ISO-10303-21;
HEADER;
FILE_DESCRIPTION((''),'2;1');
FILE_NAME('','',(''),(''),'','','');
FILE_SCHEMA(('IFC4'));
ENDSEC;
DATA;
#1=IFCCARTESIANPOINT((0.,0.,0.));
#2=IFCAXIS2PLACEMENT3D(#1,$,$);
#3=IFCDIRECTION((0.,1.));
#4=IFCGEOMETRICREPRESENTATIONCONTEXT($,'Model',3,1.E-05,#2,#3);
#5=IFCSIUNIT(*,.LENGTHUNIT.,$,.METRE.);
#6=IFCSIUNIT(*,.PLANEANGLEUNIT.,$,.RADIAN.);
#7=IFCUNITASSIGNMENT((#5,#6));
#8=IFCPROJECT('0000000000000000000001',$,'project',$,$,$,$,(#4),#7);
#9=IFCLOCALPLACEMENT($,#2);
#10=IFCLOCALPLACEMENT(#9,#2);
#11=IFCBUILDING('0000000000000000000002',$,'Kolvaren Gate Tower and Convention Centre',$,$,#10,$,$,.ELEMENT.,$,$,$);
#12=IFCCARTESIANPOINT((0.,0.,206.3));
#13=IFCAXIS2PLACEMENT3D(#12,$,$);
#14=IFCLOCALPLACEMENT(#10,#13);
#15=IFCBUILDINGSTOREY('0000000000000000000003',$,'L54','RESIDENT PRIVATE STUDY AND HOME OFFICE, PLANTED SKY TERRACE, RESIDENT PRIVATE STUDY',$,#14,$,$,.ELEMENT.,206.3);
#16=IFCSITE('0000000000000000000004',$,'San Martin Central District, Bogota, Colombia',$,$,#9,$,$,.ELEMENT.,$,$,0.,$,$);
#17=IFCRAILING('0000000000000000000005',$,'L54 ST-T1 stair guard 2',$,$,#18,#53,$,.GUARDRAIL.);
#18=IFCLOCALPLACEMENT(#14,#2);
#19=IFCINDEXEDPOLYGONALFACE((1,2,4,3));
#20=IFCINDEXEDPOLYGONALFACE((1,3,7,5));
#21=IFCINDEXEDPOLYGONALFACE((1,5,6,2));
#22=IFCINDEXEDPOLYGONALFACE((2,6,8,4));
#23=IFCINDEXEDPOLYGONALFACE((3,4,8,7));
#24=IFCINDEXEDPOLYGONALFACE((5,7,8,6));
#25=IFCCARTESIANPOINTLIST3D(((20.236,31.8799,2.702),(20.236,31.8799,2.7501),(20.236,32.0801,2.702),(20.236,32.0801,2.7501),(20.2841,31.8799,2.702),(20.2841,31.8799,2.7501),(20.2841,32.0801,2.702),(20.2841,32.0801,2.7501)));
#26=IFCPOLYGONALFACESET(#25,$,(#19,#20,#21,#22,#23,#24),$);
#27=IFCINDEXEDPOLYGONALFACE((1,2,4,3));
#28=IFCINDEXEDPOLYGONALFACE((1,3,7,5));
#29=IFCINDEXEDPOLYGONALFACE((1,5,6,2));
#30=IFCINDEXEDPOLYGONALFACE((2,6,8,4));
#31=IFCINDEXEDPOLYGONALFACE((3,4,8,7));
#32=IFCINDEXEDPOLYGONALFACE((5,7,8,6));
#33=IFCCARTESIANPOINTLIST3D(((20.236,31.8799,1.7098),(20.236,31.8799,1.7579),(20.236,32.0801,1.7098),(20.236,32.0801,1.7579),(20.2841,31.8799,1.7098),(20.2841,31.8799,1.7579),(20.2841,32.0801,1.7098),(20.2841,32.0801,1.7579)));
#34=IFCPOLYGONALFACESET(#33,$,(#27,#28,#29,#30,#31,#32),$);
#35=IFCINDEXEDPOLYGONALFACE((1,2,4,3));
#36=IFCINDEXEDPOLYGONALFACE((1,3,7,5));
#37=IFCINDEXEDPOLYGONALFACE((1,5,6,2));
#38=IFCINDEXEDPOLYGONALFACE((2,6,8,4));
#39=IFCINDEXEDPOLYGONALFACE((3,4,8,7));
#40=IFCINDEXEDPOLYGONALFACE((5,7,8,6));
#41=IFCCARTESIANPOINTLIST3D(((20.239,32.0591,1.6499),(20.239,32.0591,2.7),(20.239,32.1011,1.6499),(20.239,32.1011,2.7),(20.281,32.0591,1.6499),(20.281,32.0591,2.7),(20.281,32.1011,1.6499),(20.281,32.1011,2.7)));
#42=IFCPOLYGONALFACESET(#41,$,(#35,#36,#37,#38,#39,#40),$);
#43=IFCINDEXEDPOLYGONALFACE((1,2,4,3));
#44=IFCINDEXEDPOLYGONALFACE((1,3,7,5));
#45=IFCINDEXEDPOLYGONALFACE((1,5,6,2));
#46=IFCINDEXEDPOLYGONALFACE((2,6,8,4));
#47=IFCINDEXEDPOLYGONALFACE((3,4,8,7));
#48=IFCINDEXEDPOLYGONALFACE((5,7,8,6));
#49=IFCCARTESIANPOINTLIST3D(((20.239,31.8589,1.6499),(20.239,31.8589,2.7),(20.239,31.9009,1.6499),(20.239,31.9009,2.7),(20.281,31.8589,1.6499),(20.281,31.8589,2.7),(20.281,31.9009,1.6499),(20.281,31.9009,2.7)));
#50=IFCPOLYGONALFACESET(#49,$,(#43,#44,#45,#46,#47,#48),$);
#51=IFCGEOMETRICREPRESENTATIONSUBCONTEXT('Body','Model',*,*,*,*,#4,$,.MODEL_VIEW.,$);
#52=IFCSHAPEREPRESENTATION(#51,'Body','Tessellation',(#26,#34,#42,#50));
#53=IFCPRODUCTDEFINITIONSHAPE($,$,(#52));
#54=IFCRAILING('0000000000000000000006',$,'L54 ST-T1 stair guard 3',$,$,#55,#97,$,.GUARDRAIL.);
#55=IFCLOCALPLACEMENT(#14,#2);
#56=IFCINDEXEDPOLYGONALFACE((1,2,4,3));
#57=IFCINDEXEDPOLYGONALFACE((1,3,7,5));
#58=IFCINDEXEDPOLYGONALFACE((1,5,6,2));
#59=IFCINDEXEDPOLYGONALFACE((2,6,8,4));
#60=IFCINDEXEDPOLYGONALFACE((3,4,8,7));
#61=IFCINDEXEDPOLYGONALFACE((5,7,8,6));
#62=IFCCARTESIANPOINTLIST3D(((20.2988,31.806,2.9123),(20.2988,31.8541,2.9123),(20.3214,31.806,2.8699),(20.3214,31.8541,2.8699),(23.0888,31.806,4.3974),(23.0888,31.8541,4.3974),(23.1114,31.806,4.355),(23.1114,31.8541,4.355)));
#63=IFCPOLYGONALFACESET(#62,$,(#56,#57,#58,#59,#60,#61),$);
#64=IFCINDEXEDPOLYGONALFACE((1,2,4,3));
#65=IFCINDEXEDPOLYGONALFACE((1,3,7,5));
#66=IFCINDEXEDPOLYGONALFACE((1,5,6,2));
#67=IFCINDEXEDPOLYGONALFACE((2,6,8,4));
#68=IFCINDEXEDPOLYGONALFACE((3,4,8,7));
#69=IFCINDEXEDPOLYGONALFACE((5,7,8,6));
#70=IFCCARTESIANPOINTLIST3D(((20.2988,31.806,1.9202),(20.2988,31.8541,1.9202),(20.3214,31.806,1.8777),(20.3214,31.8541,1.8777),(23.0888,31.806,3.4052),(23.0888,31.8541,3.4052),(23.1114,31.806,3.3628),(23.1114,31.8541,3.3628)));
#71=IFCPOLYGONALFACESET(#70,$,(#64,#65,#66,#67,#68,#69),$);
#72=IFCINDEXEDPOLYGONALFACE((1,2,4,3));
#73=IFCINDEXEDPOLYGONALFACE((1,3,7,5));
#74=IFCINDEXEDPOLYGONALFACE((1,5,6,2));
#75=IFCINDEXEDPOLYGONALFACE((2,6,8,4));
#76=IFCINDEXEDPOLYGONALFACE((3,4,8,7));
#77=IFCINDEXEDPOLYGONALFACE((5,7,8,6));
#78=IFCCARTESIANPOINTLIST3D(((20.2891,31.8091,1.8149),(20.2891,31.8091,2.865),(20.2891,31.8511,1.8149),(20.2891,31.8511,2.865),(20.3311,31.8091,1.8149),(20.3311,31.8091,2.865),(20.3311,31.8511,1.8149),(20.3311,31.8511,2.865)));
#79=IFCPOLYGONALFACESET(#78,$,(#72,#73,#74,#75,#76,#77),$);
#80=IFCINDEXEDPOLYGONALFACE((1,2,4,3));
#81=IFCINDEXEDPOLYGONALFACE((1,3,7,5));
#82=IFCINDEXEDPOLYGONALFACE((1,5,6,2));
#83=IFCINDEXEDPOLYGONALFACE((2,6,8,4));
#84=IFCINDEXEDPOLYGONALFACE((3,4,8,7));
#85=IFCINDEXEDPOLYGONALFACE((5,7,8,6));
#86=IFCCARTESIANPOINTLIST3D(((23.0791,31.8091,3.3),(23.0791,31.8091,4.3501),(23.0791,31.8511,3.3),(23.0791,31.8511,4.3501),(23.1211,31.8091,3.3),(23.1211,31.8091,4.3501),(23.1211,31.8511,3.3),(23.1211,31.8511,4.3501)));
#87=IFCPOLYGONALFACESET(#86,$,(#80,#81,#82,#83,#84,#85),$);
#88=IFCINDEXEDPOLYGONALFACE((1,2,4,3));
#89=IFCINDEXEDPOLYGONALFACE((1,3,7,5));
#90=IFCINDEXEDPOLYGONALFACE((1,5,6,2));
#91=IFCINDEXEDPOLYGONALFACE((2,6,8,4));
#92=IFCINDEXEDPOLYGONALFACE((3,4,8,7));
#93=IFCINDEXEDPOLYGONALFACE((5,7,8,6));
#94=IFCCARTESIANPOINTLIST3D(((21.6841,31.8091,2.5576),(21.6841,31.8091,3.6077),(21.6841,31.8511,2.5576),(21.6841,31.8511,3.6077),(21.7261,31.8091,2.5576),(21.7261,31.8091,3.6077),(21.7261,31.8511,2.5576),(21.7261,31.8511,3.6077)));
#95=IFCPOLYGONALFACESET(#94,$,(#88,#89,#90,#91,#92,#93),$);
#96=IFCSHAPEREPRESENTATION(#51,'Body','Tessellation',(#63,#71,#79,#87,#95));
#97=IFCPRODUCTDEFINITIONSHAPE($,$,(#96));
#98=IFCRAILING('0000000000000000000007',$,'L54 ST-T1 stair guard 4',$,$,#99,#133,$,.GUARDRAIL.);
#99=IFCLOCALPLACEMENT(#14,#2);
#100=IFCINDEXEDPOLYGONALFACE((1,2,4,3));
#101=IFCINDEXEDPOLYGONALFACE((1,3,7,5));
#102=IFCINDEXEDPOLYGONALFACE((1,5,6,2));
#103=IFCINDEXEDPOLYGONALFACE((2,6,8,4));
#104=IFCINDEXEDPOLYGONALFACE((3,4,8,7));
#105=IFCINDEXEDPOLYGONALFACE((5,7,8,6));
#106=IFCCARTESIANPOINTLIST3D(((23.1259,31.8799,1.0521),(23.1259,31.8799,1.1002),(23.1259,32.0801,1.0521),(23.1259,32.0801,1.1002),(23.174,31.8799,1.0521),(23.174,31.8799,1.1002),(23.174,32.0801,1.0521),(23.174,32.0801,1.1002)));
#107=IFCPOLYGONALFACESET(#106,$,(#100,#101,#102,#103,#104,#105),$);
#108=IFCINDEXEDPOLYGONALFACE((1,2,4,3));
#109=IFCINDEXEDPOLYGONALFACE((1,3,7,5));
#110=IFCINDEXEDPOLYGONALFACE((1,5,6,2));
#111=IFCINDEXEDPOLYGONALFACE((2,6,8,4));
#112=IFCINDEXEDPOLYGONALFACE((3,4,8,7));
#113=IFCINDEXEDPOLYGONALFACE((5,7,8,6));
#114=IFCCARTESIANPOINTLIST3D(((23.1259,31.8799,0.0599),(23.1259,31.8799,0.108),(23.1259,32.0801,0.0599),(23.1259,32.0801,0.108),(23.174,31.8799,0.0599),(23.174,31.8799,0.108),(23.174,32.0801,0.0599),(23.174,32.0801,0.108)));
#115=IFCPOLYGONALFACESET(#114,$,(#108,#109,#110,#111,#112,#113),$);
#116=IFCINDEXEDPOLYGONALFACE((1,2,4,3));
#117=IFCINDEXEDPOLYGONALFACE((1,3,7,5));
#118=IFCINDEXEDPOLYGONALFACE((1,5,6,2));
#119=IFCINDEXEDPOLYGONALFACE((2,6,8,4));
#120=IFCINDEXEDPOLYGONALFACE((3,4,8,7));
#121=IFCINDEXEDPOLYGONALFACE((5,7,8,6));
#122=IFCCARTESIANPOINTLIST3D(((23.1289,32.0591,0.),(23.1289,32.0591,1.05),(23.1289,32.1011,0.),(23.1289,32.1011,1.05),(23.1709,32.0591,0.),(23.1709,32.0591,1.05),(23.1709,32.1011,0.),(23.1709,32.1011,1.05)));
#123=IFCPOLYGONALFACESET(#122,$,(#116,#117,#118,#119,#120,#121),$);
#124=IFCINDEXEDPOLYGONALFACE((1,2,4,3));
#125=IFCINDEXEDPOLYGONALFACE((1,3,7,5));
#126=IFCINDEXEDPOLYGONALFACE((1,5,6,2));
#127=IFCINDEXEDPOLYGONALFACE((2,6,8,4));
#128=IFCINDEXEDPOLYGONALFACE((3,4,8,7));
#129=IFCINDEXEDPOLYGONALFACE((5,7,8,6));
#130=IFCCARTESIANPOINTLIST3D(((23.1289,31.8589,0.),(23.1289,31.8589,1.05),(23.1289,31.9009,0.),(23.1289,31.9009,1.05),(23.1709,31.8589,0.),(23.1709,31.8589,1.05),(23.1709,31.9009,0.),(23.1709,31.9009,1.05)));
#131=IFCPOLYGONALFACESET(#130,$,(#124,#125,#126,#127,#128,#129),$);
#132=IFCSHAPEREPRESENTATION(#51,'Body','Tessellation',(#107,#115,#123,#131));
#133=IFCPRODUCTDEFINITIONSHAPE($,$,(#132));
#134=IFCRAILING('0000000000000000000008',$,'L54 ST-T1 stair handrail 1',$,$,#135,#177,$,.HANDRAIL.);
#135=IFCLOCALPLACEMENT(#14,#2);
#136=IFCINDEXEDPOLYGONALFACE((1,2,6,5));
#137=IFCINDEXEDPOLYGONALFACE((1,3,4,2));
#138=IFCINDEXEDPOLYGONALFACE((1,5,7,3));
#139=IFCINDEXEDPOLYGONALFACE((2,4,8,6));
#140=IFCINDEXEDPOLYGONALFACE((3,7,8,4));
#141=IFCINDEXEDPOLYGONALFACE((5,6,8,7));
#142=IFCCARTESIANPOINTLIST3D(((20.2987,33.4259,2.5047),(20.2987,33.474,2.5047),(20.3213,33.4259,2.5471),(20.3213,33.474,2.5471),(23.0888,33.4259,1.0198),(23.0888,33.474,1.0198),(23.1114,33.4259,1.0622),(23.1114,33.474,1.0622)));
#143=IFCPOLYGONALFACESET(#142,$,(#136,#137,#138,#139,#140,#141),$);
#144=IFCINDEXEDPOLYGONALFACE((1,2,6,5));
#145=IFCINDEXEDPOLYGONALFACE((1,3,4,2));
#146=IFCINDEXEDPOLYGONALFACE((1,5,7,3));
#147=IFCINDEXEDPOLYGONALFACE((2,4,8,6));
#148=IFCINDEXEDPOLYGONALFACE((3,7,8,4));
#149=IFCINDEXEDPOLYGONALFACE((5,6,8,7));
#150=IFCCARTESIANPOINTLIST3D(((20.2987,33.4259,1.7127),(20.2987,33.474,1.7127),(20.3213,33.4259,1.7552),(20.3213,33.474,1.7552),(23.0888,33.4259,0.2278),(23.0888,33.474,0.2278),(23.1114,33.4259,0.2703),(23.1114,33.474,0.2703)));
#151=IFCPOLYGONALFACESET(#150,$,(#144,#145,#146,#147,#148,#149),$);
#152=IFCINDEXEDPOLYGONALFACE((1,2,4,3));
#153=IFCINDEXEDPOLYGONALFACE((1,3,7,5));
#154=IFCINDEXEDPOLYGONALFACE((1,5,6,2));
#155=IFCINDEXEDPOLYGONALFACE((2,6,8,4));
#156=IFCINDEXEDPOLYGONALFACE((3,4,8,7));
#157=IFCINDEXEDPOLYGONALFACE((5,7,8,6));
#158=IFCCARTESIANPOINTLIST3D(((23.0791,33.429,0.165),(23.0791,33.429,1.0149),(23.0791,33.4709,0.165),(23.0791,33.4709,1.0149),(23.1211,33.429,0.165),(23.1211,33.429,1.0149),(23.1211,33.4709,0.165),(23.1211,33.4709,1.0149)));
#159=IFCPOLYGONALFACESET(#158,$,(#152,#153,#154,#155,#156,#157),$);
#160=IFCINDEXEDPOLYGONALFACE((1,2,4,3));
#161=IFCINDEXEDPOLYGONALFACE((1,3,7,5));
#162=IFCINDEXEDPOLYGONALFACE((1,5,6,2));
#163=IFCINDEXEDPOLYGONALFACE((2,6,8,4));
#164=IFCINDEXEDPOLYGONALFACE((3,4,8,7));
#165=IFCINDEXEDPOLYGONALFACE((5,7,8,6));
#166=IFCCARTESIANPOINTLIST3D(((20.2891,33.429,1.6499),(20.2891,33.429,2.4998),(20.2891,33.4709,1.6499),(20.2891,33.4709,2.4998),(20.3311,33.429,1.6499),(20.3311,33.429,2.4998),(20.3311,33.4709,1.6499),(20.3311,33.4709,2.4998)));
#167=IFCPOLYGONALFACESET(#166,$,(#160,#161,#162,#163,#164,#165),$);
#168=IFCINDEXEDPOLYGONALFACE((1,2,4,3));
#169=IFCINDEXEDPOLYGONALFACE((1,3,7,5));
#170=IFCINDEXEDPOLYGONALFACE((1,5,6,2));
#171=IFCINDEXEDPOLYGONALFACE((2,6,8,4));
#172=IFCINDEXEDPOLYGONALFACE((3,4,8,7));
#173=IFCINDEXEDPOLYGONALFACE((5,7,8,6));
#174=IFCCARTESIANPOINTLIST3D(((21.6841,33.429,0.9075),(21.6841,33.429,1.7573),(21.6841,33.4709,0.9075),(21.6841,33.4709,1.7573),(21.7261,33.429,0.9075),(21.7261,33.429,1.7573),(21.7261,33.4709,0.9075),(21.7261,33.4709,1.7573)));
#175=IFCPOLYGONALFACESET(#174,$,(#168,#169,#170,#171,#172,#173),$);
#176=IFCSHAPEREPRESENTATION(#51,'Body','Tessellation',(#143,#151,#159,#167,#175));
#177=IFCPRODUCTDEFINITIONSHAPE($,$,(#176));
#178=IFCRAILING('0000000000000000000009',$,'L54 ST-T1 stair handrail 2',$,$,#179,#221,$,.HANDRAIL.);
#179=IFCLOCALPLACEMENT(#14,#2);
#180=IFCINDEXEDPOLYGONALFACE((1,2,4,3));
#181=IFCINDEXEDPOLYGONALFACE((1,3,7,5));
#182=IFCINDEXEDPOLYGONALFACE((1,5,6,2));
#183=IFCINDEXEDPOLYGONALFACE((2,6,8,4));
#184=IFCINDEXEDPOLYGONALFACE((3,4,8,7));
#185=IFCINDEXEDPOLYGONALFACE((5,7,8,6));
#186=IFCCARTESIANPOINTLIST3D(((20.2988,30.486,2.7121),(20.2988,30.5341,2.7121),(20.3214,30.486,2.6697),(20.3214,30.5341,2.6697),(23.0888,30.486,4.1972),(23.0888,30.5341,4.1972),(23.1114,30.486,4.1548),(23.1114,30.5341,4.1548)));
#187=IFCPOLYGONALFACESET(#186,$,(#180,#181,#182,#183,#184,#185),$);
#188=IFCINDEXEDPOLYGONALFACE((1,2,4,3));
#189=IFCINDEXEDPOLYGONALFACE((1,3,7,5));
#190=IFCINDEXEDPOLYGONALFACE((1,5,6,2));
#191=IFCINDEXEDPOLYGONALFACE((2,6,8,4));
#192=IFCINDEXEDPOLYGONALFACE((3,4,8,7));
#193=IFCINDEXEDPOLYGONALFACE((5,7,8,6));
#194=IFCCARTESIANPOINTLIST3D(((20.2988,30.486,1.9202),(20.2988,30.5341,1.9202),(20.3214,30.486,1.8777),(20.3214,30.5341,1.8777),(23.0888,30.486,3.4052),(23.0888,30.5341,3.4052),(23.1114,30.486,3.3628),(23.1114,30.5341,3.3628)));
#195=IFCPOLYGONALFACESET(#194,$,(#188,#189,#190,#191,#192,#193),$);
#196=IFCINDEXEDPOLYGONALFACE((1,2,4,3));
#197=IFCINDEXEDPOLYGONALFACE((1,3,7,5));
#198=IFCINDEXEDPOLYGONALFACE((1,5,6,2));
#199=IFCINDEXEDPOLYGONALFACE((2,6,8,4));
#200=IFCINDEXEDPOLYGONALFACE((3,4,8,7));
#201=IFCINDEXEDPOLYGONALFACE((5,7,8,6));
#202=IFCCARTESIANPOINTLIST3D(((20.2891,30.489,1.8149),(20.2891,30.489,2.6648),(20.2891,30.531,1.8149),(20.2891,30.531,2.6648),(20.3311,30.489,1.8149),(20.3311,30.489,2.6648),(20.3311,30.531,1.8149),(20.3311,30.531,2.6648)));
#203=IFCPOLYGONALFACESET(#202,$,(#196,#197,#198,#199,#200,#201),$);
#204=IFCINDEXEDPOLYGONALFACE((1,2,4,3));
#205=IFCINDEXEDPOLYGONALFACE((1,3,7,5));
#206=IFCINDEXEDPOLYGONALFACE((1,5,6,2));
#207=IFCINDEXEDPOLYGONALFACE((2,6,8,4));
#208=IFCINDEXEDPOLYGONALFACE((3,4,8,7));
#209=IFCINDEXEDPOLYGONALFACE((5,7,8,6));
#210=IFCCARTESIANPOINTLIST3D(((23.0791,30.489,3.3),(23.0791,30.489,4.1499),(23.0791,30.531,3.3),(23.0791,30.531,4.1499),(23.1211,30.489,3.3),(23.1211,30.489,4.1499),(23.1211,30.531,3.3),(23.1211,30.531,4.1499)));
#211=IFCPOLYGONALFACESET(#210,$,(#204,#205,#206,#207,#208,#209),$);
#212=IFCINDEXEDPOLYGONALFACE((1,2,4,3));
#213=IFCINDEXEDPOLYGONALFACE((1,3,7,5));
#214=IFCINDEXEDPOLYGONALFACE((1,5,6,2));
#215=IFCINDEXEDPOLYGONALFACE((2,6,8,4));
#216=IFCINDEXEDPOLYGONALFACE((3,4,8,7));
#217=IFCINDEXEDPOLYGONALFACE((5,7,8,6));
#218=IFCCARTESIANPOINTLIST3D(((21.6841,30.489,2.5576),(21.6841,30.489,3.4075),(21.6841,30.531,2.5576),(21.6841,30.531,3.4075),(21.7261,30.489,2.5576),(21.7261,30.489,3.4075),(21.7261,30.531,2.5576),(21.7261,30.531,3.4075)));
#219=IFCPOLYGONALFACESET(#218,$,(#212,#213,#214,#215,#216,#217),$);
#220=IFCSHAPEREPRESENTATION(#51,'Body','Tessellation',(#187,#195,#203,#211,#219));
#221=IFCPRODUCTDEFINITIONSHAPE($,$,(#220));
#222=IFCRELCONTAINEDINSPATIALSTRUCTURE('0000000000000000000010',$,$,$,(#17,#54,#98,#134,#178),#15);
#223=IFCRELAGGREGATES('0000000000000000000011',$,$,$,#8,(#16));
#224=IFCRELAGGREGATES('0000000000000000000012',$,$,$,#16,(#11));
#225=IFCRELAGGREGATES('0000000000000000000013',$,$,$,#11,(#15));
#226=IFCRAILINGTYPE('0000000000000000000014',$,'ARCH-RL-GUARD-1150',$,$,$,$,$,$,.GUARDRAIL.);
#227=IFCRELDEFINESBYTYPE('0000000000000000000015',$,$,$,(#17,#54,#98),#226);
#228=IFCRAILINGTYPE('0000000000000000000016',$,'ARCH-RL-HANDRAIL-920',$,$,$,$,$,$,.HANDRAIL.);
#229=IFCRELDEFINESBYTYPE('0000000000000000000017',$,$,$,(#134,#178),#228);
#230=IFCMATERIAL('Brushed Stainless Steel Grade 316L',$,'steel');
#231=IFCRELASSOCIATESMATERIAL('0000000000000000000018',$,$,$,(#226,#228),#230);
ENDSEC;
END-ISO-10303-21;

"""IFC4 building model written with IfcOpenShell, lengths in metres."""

from ifc_helpers import new_model, si_unit, direction, frame, origin, origin_2d, place, context, subcontext, project, spatial, rectangle, extrude, material, type_object, element, save


model = new_model("IFC4")

# Units and contexts
model_context = context("Model", 3, precision=1e-05, world=origin(), true_north=direction((0.0, 1.0)))
body_context = subcontext(model_context, "Body", "Model", "MODEL_VIEW")
ifc_project = project(units=[si_unit("LENGTHUNIT", "METRE"), si_unit("PLANEANGLEUNIT", "RADIAN")], contexts=[model_context])

# Site, building, storey
site_placement = place(None, origin())
site = spatial("IfcSite", under=ifc_project, at=site_placement, Name="San Martin Central District, Bogota, Colombia", CompositionType="ELEMENT", RefElevation=0.0)
building_placement = place(site_placement, origin())
building = spatial("IfcBuilding", under=site, at=building_placement, Name="Kolvaren Gate Tower and Convention Centre", CompositionType="ELEMENT")
storey_placement = place(building_placement, frame((0.0, 0.0, 206.3)))
storey = spatial("IfcBuildingStorey", under=building, at=storey_placement, Name="L54", Description="RESIDENT PRIVATE STUDY AND HOME OFFICE, PLANTED SKY TERRACE, RESIDENT PRIVATE STUDY", CompositionType="ELEMENT", Elevation=206.3)

# Railings
ifc_material_1 = material(Name="Brushed Stainless Steel Grade 316L", Category="steel")
railing_type_1 = type_object("IfcRailingType", Name="ARCH-RL-GUARD-1150", PredefinedType="GUARDRAIL", material=ifc_material_1)
railing_1_placement = place(storey_placement, frame((20.26, 32.0801, 1.6499)))
element("IfcRailing", 1, at=railing_1_placement, inside=storey, type_object=railing_type_1, Name="L54 ST-T1 stair guard 2", PredefinedType="GUARDRAIL", context=body_context, shape_type="SweptSolid", body=[
    extrude(rectangle(XDim=0.0481, YDim=0.0481, at=origin_2d()), frame((0.0, 0.0, 1.0762), z_axis=(0.0, -1.0, 0.0), x_axis=(1.0, 0.0, 0.0)), (0.0, 0.0, 1.0), 0.2002),
    extrude(rectangle(XDim=0.0481, YDim=0.0481, at=origin_2d()), frame((0.0, 0.0, 0.084), z_axis=(0.0, -1.0, 0.0), x_axis=(1.0, 0.0, 0.0)), (0.0, 0.0, 1.0), 0.2002),
    extrude(rectangle(XDim=0.042, YDim=0.042, at=origin_2d()), origin(), (0.0, 0.0, 1.0), 1.05),
    extrude(rectangle(XDim=0.042, YDim=0.042, at=origin_2d()), frame((0.0, -0.2002, 0.0)), (0.0, 0.0, 1.0), 1.05),
])
railing_2_placement = place(storey_placement, frame((20.3101, 31.8301, 1.8149)))
element("IfcRailing", 2, at=railing_2_placement, inside=storey, type_object=railing_type_1, Name="L54 ST-T1 stair guard 3", PredefinedType="GUARDRAIL", context=body_context, shape_type="SweptSolid", body=[
    extrude(rectangle(XDim=0.0481, YDim=0.0481, at=origin_2d()), frame((0.0, 0.0, 1.0762), z_axis=(0.882735, 0.0, 0.46987), x_axis=(0.0, 1.0, 0.0)), (0.0, 0.0, 1.0), 3.1606),
    extrude(rectangle(XDim=0.0481, YDim=0.0481, at=origin_2d()), frame((0.0, 0.0, 0.084), z_axis=(0.882735, 0.0, 0.46987), x_axis=(0.0, 1.0, 0.0)), (0.0, 0.0, 1.0), 3.1606),
    extrude(rectangle(XDim=0.042, YDim=0.042, at=origin_2d()), origin(), (0.0, 0.0, 1.0), 1.05),
    extrude(rectangle(XDim=0.042, YDim=0.042, at=origin_2d()), frame((2.79, 0.0, 1.4851)), (0.0, 0.0, 1.0), 1.05),
    extrude(rectangle(XDim=0.042, YDim=0.042, at=origin_2d()), frame((1.395, 0.0, 0.7427)), (0.0, 0.0, 1.0), 1.05),
])
railing_3_placement = place(storey_placement, frame((23.1499, 32.0801, 0.0)))
element("IfcRailing", 3, at=railing_3_placement, inside=storey, type_object=railing_type_1, Name="L54 ST-T1 stair guard 4", PredefinedType="GUARDRAIL", context=body_context, shape_type="SweptSolid", body=[
    extrude(rectangle(XDim=0.0481, YDim=0.0481, at=origin_2d()), frame((0.0, 0.0, 1.0762), z_axis=(0.0, -1.0, 0.0), x_axis=(1.0, 0.0, 0.0)), (0.0, 0.0, 1.0), 0.2002),
    extrude(rectangle(XDim=0.0481, YDim=0.0481, at=origin_2d()), frame((0.0, 0.0, 0.084), z_axis=(0.0, -1.0, 0.0), x_axis=(1.0, 0.0, 0.0)), (0.0, 0.0, 1.0), 0.2002),
    extrude(rectangle(XDim=0.042, YDim=0.042, at=origin_2d()), origin(), (0.0, 0.0, 1.0), 1.05),
    extrude(rectangle(XDim=0.042, YDim=0.042, at=origin_2d()), frame((0.0, -0.2002, 0.0)), (0.0, 0.0, 1.0), 1.05),
])
railing_type_2 = type_object("IfcRailingType", Name="ARCH-RL-HANDRAIL-920", PredefinedType="HANDRAIL", material=ifc_material_1)
railing_4_placement = place(storey_placement, frame((23.1001, 33.45, 0.165)))
element("IfcRailing", 4, at=railing_4_placement, inside=storey, type_object=railing_type_2, Name="L54 ST-T1 stair handrail 1", PredefinedType="HANDRAIL", context=body_context, shape_type="SweptSolid", body=[
    extrude(rectangle(XDim=0.0481, YDim=0.0481, at=origin_2d()), frame((0.0, 0.0, 0.876), z_axis=(-0.882767, 0.0, 0.46981), x_axis=(0.0, -1.0, 0.0)), (0.0, 0.0, 1.0), 3.1606),
    extrude(rectangle(XDim=0.0481, YDim=0.0481, at=origin_2d()), frame((0.0, 0.0, 0.084), z_axis=(-0.882767, 0.0, 0.46981), x_axis=(0.0, -1.0, 0.0)), (0.0, 0.0, 1.0), 3.1606),
    extrude(rectangle(XDim=0.042, YDim=0.042, at=origin_2d()), origin(), (0.0, 0.0, 1.0), 0.8499),
    extrude(rectangle(XDim=0.042, YDim=0.042, at=origin_2d()), frame((-2.79, 0.0, 1.4849)), (0.0, 0.0, 1.0), 0.8499),
    extrude(rectangle(XDim=0.042, YDim=0.042, at=origin_2d()), frame((-1.395, 0.0, 0.7424)), (0.0, 0.0, 1.0), 0.8499),
])
railing_5_placement = place(storey_placement, frame((20.3101, 30.51, 1.8149)))
element("IfcRailing", 5, at=railing_5_placement, inside=storey, type_object=railing_type_2, Name="L54 ST-T1 stair handrail 2", PredefinedType="HANDRAIL", context=body_context, shape_type="SweptSolid", body=[
    extrude(rectangle(XDim=0.0481, YDim=0.0481, at=origin_2d()), frame((0.0, 0.0, 0.876), z_axis=(0.882735, 0.0, 0.46987), x_axis=(0.0, 1.0, 0.0)), (0.0, 0.0, 1.0), 3.1606),
    extrude(rectangle(XDim=0.0481, YDim=0.0481, at=origin_2d()), frame((0.0, 0.0, 0.084), z_axis=(0.882735, 0.0, 0.46987), x_axis=(0.0, 1.0, 0.0)), (0.0, 0.0, 1.0), 3.1606),
    extrude(rectangle(XDim=0.042, YDim=0.042, at=origin_2d()), origin(), (0.0, 0.0, 1.0), 0.8499),
    extrude(rectangle(XDim=0.042, YDim=0.042, at=origin_2d()), frame((2.79, 0.0, 1.4851)), (0.0, 0.0, 1.0), 0.8499),
    extrude(rectangle(XDim=0.042, YDim=0.042, at=origin_2d()), frame((1.395, 0.0, 0.7427)), (0.0, 0.0, 1.0), 0.8499),
])

save(model, "model.ifc")
